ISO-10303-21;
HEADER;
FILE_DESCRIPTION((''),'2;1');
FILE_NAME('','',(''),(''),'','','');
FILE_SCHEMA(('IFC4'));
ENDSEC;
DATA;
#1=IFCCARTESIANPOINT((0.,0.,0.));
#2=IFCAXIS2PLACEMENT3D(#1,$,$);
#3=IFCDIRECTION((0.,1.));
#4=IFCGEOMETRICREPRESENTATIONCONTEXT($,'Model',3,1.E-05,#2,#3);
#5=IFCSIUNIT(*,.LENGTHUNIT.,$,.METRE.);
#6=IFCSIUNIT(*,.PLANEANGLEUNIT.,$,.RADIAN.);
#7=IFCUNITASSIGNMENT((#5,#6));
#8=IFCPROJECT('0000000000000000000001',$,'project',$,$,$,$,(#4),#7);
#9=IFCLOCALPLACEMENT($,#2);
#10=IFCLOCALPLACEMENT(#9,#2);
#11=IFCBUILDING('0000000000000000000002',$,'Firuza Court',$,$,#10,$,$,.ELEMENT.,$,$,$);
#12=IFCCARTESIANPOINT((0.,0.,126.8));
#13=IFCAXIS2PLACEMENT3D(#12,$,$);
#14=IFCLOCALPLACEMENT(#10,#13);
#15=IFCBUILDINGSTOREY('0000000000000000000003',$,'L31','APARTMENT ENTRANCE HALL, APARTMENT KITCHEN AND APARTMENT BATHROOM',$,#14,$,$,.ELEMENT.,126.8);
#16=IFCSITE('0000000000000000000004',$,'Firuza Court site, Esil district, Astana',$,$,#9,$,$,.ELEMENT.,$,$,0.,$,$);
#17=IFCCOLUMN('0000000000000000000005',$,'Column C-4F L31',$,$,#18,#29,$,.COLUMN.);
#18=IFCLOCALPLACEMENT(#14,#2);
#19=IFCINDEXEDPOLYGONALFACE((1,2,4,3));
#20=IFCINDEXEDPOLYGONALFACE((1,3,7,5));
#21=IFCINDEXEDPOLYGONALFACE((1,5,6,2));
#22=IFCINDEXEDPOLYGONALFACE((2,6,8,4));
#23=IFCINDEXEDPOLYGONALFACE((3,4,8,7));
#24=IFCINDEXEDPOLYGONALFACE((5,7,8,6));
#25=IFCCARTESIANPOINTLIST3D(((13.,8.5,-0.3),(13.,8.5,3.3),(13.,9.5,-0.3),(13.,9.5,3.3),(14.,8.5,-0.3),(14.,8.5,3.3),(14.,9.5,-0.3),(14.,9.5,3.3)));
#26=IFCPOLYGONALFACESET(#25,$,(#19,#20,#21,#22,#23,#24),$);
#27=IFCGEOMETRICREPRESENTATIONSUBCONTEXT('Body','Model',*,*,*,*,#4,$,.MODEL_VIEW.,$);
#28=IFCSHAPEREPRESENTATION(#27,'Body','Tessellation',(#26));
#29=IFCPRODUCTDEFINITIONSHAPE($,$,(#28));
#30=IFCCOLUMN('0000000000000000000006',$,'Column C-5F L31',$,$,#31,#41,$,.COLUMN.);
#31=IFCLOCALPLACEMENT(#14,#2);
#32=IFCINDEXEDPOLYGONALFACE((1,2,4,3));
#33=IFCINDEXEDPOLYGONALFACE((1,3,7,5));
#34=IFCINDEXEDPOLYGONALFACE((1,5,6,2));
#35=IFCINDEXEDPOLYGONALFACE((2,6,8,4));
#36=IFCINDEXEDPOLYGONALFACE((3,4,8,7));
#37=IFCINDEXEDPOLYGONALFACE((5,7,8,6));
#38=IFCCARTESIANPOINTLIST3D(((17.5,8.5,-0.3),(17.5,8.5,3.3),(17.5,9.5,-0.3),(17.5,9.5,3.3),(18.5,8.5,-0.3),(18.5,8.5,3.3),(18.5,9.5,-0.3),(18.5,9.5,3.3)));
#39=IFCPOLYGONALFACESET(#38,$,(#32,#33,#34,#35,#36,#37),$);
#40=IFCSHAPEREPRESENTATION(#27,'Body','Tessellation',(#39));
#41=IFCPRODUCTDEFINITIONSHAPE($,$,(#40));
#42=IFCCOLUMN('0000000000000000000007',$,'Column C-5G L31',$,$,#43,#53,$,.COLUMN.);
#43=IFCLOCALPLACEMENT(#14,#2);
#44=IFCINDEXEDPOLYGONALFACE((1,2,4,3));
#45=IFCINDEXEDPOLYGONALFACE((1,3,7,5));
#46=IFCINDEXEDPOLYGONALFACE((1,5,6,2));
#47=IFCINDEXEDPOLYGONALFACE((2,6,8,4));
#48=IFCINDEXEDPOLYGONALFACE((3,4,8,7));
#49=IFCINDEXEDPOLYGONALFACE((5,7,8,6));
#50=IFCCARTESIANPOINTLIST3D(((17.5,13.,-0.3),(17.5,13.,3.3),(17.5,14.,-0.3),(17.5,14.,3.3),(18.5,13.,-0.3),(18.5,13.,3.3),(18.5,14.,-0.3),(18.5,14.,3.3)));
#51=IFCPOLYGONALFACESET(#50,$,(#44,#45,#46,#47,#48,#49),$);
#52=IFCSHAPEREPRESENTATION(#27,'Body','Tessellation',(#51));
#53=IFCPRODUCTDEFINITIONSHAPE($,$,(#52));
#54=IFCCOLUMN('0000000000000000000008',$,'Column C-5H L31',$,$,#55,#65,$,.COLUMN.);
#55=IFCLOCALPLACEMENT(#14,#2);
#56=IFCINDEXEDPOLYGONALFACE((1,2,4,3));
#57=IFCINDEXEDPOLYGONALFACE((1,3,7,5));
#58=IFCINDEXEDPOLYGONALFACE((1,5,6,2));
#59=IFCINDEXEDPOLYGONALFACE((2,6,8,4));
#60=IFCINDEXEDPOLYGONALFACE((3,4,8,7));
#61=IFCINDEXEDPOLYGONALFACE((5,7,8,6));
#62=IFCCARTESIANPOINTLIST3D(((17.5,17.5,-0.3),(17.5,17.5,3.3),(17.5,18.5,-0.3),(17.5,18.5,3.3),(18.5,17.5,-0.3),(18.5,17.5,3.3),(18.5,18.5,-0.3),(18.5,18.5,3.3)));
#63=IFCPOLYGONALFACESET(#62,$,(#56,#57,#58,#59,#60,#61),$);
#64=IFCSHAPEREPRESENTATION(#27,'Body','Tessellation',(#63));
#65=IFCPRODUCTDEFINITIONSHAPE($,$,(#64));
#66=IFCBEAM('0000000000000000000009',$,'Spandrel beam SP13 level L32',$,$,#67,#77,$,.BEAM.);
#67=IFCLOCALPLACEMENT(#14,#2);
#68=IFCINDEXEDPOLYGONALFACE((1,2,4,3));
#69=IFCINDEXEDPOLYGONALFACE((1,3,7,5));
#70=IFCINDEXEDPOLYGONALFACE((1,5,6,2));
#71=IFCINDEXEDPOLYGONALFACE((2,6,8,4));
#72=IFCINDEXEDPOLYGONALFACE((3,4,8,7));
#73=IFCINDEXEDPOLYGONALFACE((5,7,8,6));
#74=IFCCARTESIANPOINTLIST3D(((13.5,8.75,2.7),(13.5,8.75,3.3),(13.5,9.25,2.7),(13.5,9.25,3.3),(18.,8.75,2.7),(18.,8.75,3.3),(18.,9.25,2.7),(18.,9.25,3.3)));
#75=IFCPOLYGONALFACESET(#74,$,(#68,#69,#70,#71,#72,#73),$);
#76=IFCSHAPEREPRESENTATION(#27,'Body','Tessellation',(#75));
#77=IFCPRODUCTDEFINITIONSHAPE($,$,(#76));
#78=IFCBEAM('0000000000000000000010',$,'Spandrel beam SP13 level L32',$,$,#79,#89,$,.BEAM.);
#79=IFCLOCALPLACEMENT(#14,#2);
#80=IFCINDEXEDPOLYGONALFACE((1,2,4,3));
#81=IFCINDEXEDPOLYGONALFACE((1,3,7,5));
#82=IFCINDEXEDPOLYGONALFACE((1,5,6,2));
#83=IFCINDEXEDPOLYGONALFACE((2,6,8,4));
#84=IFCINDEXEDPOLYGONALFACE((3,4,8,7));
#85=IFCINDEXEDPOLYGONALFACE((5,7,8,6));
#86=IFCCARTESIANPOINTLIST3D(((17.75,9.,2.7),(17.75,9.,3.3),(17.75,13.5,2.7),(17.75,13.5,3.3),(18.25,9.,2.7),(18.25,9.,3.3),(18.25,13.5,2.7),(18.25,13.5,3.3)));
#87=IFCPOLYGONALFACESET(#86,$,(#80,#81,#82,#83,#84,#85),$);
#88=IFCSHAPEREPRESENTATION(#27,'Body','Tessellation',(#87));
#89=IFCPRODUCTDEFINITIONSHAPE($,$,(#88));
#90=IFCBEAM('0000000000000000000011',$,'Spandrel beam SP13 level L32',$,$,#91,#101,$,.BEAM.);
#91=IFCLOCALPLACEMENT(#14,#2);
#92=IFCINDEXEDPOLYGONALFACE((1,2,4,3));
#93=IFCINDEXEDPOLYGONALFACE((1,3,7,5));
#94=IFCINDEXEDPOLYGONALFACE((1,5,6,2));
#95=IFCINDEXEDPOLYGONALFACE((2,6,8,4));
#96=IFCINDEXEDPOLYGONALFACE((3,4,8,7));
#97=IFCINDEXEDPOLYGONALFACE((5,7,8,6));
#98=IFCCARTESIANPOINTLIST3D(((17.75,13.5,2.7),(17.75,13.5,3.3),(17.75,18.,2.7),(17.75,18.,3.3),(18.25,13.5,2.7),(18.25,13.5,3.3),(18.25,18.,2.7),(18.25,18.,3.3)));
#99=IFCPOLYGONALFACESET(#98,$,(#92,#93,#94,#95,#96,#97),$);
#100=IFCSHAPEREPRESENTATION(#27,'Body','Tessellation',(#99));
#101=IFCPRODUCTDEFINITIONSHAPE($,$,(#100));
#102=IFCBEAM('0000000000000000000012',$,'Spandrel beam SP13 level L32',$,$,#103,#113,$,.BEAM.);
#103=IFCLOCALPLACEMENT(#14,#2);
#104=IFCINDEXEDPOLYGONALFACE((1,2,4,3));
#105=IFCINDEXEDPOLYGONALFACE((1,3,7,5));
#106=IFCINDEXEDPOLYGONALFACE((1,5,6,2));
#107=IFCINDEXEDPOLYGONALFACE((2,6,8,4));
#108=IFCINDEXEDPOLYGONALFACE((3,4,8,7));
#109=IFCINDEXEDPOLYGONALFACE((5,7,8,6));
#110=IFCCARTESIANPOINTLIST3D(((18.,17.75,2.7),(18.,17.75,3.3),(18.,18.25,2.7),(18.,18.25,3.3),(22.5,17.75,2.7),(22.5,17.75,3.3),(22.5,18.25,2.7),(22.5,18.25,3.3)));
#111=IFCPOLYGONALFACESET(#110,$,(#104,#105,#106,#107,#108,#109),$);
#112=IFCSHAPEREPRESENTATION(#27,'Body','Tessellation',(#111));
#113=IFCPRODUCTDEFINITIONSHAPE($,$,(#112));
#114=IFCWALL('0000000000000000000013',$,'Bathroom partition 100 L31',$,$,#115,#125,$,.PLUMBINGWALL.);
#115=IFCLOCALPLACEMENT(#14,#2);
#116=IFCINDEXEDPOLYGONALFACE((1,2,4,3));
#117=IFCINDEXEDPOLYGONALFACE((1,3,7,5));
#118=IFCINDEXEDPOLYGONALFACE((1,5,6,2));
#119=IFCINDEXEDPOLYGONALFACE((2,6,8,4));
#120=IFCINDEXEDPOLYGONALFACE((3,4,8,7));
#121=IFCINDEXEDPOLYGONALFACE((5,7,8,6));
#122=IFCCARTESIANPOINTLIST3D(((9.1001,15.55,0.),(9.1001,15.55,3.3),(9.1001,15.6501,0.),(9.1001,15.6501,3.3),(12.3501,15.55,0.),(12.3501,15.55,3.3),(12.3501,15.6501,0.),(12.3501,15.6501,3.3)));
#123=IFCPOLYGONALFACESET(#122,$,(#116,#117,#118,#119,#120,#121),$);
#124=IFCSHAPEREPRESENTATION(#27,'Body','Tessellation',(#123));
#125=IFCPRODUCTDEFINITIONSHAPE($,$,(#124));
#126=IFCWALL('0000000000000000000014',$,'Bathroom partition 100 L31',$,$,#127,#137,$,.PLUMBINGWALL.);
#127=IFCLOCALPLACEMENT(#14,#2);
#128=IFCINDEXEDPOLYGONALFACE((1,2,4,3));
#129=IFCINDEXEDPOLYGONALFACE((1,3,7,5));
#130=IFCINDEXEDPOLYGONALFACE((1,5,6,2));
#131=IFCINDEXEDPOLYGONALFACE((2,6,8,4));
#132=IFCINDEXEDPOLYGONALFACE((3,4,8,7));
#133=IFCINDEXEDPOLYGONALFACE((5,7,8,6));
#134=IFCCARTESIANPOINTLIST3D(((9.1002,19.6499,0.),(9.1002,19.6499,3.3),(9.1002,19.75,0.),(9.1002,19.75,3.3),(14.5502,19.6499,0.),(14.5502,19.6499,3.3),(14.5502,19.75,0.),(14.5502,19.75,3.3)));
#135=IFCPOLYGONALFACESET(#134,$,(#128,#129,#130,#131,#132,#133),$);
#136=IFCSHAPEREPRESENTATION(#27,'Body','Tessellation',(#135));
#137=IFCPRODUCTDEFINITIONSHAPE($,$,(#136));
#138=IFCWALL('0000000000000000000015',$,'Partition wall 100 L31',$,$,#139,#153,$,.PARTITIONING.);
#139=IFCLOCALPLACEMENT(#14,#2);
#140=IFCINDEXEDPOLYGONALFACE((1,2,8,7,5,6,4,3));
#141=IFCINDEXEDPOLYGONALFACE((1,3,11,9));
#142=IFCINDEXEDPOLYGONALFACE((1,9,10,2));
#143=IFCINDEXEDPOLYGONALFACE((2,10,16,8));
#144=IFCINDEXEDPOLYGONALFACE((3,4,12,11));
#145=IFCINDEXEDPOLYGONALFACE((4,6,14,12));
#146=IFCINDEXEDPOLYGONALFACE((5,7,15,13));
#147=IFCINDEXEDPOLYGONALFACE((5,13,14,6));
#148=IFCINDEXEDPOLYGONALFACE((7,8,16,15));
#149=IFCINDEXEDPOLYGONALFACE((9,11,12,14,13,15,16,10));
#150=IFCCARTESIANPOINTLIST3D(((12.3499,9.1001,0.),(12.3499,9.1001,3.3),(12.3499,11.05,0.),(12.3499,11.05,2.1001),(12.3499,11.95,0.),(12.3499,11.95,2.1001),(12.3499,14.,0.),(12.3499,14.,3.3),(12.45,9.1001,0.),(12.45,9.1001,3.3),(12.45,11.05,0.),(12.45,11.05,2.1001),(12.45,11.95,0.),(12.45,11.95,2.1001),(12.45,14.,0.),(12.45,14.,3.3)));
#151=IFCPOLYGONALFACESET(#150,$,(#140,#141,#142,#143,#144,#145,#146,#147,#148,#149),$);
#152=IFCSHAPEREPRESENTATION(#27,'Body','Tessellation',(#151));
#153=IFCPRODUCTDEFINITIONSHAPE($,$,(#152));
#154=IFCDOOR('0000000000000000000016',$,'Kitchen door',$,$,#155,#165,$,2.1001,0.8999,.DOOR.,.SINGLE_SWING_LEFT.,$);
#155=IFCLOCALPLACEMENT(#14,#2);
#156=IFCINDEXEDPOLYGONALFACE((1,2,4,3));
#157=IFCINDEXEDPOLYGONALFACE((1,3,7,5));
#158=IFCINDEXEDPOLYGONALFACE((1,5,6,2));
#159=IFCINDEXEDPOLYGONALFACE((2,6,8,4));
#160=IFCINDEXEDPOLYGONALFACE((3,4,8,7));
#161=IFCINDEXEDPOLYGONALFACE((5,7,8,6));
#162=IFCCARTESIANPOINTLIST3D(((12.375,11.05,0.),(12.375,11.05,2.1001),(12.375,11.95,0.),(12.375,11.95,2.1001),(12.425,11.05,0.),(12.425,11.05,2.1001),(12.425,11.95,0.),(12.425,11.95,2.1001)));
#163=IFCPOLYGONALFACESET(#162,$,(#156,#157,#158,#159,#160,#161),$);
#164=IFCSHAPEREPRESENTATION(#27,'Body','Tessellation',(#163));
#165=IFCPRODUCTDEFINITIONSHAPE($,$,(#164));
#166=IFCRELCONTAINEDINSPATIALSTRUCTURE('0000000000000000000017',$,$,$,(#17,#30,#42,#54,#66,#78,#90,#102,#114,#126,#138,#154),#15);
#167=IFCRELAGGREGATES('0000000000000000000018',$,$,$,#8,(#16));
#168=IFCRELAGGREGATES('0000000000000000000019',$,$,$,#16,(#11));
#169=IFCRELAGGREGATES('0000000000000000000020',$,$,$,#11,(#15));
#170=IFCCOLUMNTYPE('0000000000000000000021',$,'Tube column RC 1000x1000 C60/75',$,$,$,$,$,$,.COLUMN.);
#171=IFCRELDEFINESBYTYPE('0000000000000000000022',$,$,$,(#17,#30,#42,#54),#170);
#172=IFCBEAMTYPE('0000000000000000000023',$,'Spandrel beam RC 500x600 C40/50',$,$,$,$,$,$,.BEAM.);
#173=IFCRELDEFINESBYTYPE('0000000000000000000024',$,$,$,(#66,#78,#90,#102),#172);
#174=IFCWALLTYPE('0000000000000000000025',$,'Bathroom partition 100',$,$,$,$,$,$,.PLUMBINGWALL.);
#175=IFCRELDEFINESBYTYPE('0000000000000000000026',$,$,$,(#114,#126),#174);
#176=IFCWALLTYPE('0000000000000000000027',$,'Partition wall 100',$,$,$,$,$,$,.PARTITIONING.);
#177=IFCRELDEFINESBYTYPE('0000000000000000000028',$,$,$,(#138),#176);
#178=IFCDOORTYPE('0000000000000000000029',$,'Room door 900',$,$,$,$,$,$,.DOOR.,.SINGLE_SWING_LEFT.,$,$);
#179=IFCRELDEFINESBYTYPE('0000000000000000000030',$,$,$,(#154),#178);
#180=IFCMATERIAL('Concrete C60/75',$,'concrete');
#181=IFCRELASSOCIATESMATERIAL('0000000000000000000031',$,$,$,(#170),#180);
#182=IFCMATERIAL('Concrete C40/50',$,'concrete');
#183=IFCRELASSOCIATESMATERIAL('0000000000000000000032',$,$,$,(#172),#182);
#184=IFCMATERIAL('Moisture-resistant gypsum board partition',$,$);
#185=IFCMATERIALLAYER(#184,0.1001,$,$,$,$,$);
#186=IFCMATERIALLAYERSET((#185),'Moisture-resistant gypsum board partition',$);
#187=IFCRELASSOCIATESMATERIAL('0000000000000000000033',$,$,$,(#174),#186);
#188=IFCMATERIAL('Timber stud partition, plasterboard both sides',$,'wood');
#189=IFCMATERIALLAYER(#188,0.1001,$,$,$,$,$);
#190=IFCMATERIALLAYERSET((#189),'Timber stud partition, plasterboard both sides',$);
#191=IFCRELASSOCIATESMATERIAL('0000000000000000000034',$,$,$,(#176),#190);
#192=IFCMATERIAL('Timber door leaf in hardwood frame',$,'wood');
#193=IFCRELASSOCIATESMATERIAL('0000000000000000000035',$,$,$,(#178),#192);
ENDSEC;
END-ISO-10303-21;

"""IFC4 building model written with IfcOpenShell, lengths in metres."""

from ifc_helpers import new_model, si_unit, direction, frame, frame_2d, origin, origin_2d, place, context, subcontext, project, spatial, rectangle, extrude, material, layer, layer_set, material_profile, profile_set, type_object, element, fill, save


model = new_model("IFC4")

# Units and contexts
model_context = context("Model", 3, precision=1e-05, world=origin(), true_north=direction((0.0, 1.0)))
body_context = subcontext(model_context, "Body", "Model", "MODEL_VIEW")
ifc_project = project(units=[si_unit("LENGTHUNIT", "METRE"), si_unit("PLANEANGLEUNIT", "RADIAN")], contexts=[model_context])

# Site, building, storey
site_placement = place(None, origin())
site = spatial("IfcSite", under=ifc_project, at=site_placement, Name="Firuza Court site, Esil district, Astana", CompositionType="ELEMENT", RefElevation=0.0)
building_placement = place(site_placement, origin())
building = spatial("IfcBuilding", under=site, at=building_placement, Name="Firuza Court", CompositionType="ELEMENT")
storey_placement = place(building_placement, frame((0.0, 0.0, 126.8)))
storey = spatial("IfcBuildingStorey", under=building, at=storey_placement, Name="L31", Description="APARTMENT ENTRANCE HALL, APARTMENT KITCHEN AND APARTMENT BATHROOM", CompositionType="ELEMENT", Elevation=126.8)

# Columns
ifc_material_1 = material(Name="Concrete C60/75", Category="concrete")
ifc_material_profile_1 = material_profile(ifc_material_1, rectangle(XDim=1.0, YDim=1.0, at=origin_2d()), Name="RC 1000x1000")
ifc_profile_set_1 = profile_set([ifc_material_profile_1], Name="Concrete C60/75")
column_type = type_object("IfcColumnType", Name="Tube column RC 1000x1000 C60/75", PredefinedType="COLUMN", material=ifc_profile_set_1)
for number, where, z_axis, x_axis, name in (
    (1, (13.5, 9.0, -0.3), (0.0, 0.0, 1.0), (1.0, 0.0, 0.0), "Column C-4F L31"),
    (2, (18.0, 9.0, -0.3), (0.0, 0.0, 1.0), (1.0, 0.0, 0.0), "Column C-5F L31"),
    (3, (18.0, 13.5, -0.3), (0.0, 0.0, 1.0), (1.0, 0.0, 0.0), "Column C-5G L31"),
    (4, (18.0, 18.0, -0.3), (0.0, 0.0, 1.0), (1.0, 0.0, 0.0), "Column C-5H L31"),
):
    element("IfcColumn", number, at=place(storey_placement, frame(where, z_axis=z_axis, x_axis=x_axis)), inside=storey, type_object=column_type, Name=name, PredefinedType="COLUMN", context=body_context, shape_type="SweptSolid", body=[
        extrude(rectangle(XDim=1.0, YDim=1.0, at=origin_2d()), origin(), (0.0, 0.0, 1.0), 3.6001),
    ])

# Beams
ifc_material_2 = material(Name="Concrete C40/50", Category="concrete")
ifc_material_profile_2 = material_profile(ifc_material_2, rectangle(XDim=0.5, YDim=0.6001, at=origin_2d()), Name="RC 500x600")
ifc_profile_set_2 = profile_set([ifc_material_profile_2], Name="Concrete C40/50")
beam_type = type_object("IfcBeamType", Name="Spandrel beam RC 500x600 C40/50", PredefinedType="BEAM", material=ifc_profile_set_2)
for number, where, z_axis, x_axis, name in (
    (5, (13.5, 9.0, 3.0), (1.0, 0.0, 0.0), (0.0, 1.0, 0.0), "Spandrel beam SP13 level L32"),
    (6, (18.0, 9.0, 3.0), (0.0, 1.0, 0.0), (-1.0, 0.0, 0.0), "Spandrel beam SP13 level L32"),
    (7, (18.0, 13.5, 3.0), (0.0, 1.0, 0.0), (-1.0, 0.0, 0.0), "Spandrel beam SP13 level L32"),
    (8, (18.0, 18.0, 3.0), (1.0, 0.0, 0.0), (0.0, 1.0, 0.0), "Spandrel beam SP13 level L32"),
):
    element("IfcBeam", number, at=place(storey_placement, frame(where, z_axis=z_axis, x_axis=x_axis)), inside=storey, type_object=beam_type, Name=name, PredefinedType="BEAM", context=body_context, shape_type="SweptSolid", body=[
        extrude(rectangle(XDim=0.5, YDim=0.6001, at=origin_2d()), origin(), (0.0, 0.0, 1.0), 4.5),
    ])

# Walls
ifc_material_3 = material(Name="Moisture-resistant gypsum board partition")
ifc_layer_1 = layer(ifc_material_3, 0.1001)
ifc_layer_set_1 = layer_set([ifc_layer_1], Name="Moisture-resistant gypsum board partition")
wall_type_1 = type_object("IfcWallType", Name="Bathroom partition 100", PredefinedType="PLUMBINGWALL", material=ifc_layer_set_1)
wall_1_placement = place(storey_placement, frame((9.1001, 15.6001, 0.0), z_axis=(0.0, 0.0, 1.0), x_axis=(1.0, 0.0, 0.0)))
element("IfcWall", 9, at=wall_1_placement, inside=storey, type_object=wall_type_1, Name="Bathroom partition 100 L31", PredefinedType="PLUMBINGWALL", context=body_context, shape_type="SweptSolid", body=[
    extrude(rectangle(XDim=3.25, YDim=0.1001, at=frame_2d((1.625, 0.0))), origin(), (0.0, 0.0, 1.0), 3.3),
])
wall_2_placement = place(storey_placement, frame((9.1001, 19.7, 0.0), z_axis=(0.0, 0.0, 1.0), x_axis=(1.0, 0.0, 0.0)))
element("IfcWall", 10, at=wall_2_placement, inside=storey, type_object=wall_type_1, Name="Bathroom partition 100 L31", PredefinedType="PLUMBINGWALL", context=body_context, shape_type="SweptSolid", body=[
    extrude(rectangle(XDim=5.45, YDim=0.1001, at=frame_2d((2.7251, 0.0))), origin(), (0.0, 0.0, 1.0), 3.3),
])

# Wall, opening, door
ifc_material_4 = material(Name="Timber stud partition, plasterboard both sides", Category="wood")
ifc_layer_2 = layer(ifc_material_4, 0.1001)
ifc_layer_set_2 = layer_set([ifc_layer_2], Name="Timber stud partition, plasterboard both sides")
wall_type_2 = type_object("IfcWallType", Name="Partition wall 100", PredefinedType="PARTITIONING", material=ifc_layer_set_2)
wall_3_placement = place(storey_placement, frame((12.3999, 9.1001, 0.0), z_axis=(0.0, 0.0, 1.0), x_axis=(0.0, 1.0, 0.0)))
wall_3 = element("IfcWall", 11, at=wall_3_placement, inside=storey, type_object=wall_type_2, Name="Partition wall 100 L31", PredefinedType="PARTITIONING", context=body_context, shape_type="SweptSolid", body=[
    extrude(rectangle(XDim=4.8999, YDim=0.1001, at=frame_2d((2.45, 0.0))), origin(), (0.0, 0.0, 1.0), 3.3),
])
opening_1_placement = place(wall_3_placement, frame((1.95, 0.0, 0.0)))
opening_1 = element("IfcOpeningElement", 12, at=opening_1_placement, cuts=wall_3, PredefinedType="OPENING", context=body_context, shape_type="SweptSolid", body=[
    extrude(rectangle(XDim=0.8999, YDim=2.1001, at=frame_2d((0.45, 1.05))), frame((0.0, 0.062, 0.0), z_axis=(0.0, -1.0, 0.0), x_axis=(1.0, 0.0, 0.0)), (0.0, 0.0, 1.0), 0.124),
])
ifc_material_5 = material(Name="Timber door leaf in hardwood frame", Category="wood")
door_type_1 = type_object("IfcDoorType", Name="Room door 900", OperationType="SINGLE_SWING_LEFT", PredefinedType="DOOR", material=ifc_material_5)
door_1_placement = place(opening_1_placement, origin())
door_1 = element("IfcDoor", 13, at=door_1_placement, inside=storey, type_object=door_type_1, Name="Kitchen door", OperationType="SINGLE_SWING_LEFT", OverallHeight=2.1001, OverallWidth=0.8999, PredefinedType="DOOR", context=body_context, shape_type="SweptSolid", body=[
    extrude(rectangle(XDim=0.8999, YDim=2.1001, at=frame_2d((0.45, 1.05))), frame((0.0, 0.0249, 0.0), z_axis=(0.0, -1.0, 0.0), x_axis=(1.0, 0.0, 0.0)), (0.0, 0.0, 1.0), 0.05),
])
fill(opening_1, door_1)

save(model, "model.ifc")
